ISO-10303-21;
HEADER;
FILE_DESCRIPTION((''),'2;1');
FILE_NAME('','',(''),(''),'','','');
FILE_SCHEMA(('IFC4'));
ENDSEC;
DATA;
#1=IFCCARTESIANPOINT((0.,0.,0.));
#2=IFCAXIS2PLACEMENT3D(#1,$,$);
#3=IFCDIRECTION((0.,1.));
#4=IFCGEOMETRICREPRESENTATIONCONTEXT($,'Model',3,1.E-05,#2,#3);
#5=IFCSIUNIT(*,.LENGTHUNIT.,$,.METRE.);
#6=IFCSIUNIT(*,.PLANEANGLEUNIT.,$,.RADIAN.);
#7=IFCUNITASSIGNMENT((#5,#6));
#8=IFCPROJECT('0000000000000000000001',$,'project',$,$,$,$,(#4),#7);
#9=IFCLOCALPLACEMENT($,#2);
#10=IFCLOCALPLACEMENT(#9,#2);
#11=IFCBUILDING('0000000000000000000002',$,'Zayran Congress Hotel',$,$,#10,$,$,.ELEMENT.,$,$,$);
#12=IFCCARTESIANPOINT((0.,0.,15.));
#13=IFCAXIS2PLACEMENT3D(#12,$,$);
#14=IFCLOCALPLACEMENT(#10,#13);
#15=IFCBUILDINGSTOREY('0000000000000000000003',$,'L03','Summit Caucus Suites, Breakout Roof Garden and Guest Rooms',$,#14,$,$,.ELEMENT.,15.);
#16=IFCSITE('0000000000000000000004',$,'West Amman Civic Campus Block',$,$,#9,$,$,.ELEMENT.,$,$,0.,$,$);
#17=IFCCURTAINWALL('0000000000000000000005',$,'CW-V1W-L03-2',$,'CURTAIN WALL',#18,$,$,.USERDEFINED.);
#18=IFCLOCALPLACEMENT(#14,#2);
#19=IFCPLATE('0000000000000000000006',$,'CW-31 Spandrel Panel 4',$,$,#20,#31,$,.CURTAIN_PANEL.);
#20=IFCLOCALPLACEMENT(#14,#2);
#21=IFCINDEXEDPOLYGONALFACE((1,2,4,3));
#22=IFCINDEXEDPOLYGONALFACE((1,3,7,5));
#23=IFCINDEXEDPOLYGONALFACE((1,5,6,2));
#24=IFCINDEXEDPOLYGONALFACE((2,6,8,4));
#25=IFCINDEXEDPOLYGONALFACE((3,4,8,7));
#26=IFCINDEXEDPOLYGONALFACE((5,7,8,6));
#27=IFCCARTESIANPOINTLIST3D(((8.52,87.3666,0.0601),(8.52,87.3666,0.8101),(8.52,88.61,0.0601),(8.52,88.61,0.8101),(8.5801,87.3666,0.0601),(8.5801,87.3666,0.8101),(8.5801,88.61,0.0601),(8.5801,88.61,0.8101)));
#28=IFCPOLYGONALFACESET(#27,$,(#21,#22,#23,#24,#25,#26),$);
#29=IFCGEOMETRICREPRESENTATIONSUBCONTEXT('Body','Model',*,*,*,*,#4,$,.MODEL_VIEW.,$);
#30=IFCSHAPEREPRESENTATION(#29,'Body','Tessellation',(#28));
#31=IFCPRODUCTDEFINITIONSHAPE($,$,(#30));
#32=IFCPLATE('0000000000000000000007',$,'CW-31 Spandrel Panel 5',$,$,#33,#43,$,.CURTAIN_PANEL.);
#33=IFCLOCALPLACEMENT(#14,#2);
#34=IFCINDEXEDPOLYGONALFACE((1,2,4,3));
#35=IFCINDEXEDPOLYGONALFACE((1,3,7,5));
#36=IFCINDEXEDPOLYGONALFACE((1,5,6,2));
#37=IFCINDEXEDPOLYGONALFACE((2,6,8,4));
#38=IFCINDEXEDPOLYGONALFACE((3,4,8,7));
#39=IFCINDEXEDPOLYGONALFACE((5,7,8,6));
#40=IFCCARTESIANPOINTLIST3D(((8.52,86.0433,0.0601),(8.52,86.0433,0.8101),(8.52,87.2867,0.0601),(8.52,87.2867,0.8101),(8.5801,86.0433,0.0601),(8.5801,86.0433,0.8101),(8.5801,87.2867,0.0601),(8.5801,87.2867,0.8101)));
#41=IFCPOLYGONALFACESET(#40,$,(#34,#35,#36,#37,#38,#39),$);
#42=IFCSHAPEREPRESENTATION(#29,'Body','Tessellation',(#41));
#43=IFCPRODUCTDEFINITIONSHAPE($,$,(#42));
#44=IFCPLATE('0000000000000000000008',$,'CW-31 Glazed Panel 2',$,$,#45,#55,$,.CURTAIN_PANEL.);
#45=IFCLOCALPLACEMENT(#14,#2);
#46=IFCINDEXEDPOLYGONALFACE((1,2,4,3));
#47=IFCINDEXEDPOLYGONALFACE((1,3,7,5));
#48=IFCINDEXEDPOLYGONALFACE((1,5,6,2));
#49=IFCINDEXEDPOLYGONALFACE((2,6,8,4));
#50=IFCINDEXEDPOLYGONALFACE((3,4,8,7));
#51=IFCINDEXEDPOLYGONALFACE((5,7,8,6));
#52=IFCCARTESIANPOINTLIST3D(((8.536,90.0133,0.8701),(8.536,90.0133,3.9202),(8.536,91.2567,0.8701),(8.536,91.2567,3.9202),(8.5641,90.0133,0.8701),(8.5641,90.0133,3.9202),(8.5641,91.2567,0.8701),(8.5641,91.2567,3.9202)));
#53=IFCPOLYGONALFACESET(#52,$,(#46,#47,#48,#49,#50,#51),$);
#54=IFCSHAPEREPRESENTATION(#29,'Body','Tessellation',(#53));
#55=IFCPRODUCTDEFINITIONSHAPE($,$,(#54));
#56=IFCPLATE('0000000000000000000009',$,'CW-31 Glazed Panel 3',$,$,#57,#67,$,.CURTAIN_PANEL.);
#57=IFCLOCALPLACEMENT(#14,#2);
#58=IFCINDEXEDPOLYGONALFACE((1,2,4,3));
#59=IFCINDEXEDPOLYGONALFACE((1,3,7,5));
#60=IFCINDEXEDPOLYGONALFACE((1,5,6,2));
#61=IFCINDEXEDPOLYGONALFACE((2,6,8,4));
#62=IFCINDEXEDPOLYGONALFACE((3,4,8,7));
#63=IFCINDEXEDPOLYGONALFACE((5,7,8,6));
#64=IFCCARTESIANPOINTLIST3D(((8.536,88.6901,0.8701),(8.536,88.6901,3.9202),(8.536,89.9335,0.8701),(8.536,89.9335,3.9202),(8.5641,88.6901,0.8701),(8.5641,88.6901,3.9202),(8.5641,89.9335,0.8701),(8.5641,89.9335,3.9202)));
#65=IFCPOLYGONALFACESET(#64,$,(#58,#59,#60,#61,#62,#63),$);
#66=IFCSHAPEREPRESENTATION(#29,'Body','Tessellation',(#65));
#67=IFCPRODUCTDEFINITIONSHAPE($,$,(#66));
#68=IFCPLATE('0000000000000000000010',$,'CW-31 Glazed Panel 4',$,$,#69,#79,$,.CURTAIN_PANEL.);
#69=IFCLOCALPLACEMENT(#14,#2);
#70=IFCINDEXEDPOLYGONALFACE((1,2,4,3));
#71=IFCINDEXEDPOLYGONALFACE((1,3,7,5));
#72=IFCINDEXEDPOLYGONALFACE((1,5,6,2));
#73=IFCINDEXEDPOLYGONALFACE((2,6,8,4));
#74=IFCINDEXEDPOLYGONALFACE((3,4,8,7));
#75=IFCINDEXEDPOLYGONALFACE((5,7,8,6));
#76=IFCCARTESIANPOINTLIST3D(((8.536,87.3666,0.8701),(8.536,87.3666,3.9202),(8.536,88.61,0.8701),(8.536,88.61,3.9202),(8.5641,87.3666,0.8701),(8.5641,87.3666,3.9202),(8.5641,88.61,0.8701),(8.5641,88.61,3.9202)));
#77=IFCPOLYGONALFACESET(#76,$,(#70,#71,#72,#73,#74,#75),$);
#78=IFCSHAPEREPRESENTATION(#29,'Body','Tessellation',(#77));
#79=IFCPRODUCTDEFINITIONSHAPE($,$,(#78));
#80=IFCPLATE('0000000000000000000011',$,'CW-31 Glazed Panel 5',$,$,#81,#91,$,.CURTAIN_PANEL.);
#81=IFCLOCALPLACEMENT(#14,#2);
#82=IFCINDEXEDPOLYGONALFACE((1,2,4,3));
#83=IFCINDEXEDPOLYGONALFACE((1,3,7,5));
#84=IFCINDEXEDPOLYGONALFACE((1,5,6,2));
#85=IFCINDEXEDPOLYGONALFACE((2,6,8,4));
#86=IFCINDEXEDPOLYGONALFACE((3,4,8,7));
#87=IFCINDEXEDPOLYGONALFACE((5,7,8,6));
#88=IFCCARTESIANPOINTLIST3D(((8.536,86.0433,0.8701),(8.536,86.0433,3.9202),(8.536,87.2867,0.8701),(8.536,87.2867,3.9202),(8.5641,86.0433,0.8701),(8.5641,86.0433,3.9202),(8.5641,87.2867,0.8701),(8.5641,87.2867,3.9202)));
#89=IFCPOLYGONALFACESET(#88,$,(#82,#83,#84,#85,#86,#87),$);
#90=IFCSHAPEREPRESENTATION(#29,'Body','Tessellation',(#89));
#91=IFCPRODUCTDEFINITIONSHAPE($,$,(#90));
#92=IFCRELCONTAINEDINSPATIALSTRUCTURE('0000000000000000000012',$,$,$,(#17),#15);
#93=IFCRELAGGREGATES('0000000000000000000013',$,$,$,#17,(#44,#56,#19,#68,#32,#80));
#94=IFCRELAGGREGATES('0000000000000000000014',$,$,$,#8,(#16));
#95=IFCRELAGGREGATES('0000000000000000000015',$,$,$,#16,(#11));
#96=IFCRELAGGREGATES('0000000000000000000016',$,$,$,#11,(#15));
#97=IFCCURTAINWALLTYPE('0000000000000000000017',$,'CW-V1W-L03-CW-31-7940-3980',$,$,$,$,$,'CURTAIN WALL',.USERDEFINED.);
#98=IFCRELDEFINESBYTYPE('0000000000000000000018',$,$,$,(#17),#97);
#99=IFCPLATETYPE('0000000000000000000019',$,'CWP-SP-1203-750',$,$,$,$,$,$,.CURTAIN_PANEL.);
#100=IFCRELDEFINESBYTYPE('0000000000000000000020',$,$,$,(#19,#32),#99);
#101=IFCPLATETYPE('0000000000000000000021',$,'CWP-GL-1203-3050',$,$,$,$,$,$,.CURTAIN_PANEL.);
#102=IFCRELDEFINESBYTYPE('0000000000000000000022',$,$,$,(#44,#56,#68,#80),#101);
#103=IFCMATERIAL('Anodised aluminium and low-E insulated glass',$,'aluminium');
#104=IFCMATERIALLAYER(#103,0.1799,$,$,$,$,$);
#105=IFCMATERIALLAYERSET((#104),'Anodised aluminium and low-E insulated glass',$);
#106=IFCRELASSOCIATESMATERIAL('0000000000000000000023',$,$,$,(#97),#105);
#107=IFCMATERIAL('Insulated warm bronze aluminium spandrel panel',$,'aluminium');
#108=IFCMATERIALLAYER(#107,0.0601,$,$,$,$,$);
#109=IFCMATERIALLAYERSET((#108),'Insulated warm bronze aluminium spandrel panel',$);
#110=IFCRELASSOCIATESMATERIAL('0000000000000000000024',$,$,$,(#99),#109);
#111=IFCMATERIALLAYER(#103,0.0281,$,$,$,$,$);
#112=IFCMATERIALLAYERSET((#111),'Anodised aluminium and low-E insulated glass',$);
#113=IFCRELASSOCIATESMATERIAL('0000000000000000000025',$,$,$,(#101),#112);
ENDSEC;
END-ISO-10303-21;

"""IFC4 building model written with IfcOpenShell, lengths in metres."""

from ifc_helpers import new_model, si_unit, direction, frame, origin, origin_2d, place, context, subcontext, project, spatial, rectangle, extrude, material, layer, layer_set, type_object, element, aggregate, save


model = new_model("IFC4")

# Units and contexts
model_context = context("Model", 3, precision=1e-05, world=origin(), true_north=direction((0.0, 1.0)))
body_context = subcontext(model_context, "Body", "Model", "MODEL_VIEW")
ifc_project = project(units=[si_unit("LENGTHUNIT", "METRE"), si_unit("PLANEANGLEUNIT", "RADIAN")], contexts=[model_context])

# Site, building, storey
site_placement = place(None, origin())
site = spatial("IfcSite", under=ifc_project, at=site_placement, Name="West Amman Civic Campus Block", CompositionType="ELEMENT", RefElevation=0.0)
building_placement = place(site_placement, origin())
building = spatial("IfcBuilding", under=site, at=building_placement, Name="Zayran Congress Hotel", CompositionType="ELEMENT")
storey_placement = place(building_placement, frame((0.0, 0.0, 15.0)))
storey = spatial("IfcBuildingStorey", under=building, at=storey_placement, Name="L03", Description="Summit Caucus Suites, Breakout Roof Garden and Guest Rooms", CompositionType="ELEMENT", Elevation=15.0)

# Curtain wall, plates
ifc_material_1 = material(Name="Anodised aluminium and low-E insulated glass", Category="aluminium")
ifc_layer_1 = layer(ifc_material_1, 0.1799)
ifc_layer_set_1 = layer_set([ifc_layer_1], Name="Anodised aluminium and low-E insulated glass")
curtain_wall_type = type_object("IfcCurtainWallType", Name="CW-V1W-L03-CW-31-7940-3980", ElementType="CURTAIN WALL", PredefinedType="USERDEFINED", material=ifc_layer_set_1)
curtain_wall_placement = place(storey_placement, origin())
curtain_wall = element("IfcCurtainWall", 1, at=curtain_wall_placement, inside=storey, type_object=curtain_wall_type, Name="CW-V1W-L03-2", ObjectType="CURTAIN WALL", PredefinedType="USERDEFINED")
ifc_material_2 = material(Name="Insulated warm bronze aluminium spandrel panel", Category="aluminium")
ifc_layer_2 = layer(ifc_material_2, 0.0601)
ifc_layer_set_2 = layer_set([ifc_layer_2], Name="Insulated warm bronze aluminium spandrel panel")
plate_type_1 = type_object("IfcPlateType", Name="CWP-SP-1203-750", PredefinedType="CURTAIN_PANEL", material=ifc_layer_set_2)
plate_1_placement = place(storey_placement, frame((8.55, 87.9883, 0.0601), z_axis=(0.0, 0.0, 1.0), x_axis=(0.0, 1.0, 0.0)))
plate_1 = element("IfcPlate", 2, at=plate_1_placement, type_object=plate_type_1, Name="CW-31 Spandrel Panel 4", PredefinedType="CURTAIN_PANEL", context=body_context, shape_type="SweptSolid", body=[
    extrude(rectangle(XDim=1.2434, YDim=0.0601, at=origin_2d()), origin(), (0.0, 0.0, 1.0), 0.75),
])
plate_2_placement = place(storey_placement, frame((8.55, 86.665, 0.0601), z_axis=(0.0, 0.0, 1.0), x_axis=(0.0, 1.0, 0.0)))
plate_2 = element("IfcPlate", 3, at=plate_2_placement, type_object=plate_type_1, Name="CW-31 Spandrel Panel 5", PredefinedType="CURTAIN_PANEL", context=body_context, shape_type="SweptSolid", body=[
    extrude(rectangle(XDim=1.2434, YDim=0.0601, at=origin_2d()), origin(), (0.0, 0.0, 1.0), 0.75),
])
ifc_layer_3 = layer(ifc_material_1, 0.0281)
ifc_layer_set_3 = layer_set([ifc_layer_3], Name="Anodised aluminium and low-E insulated glass")
plate_type_2 = type_object("IfcPlateType", Name="CWP-GL-1203-3050", PredefinedType="CURTAIN_PANEL", material=ifc_layer_set_3)
plate_3_placement = place(storey_placement, frame((8.55, 90.635, 0.8701), z_axis=(0.0, 0.0, 1.0), x_axis=(0.0, 1.0, 0.0)))
plate_3 = element("IfcPlate", 4, at=plate_3_placement, type_object=plate_type_2, Name="CW-31 Glazed Panel 2", PredefinedType="CURTAIN_PANEL", context=body_context, shape_type="SweptSolid", body=[
    extrude(rectangle(XDim=1.2434, YDim=0.0281, at=origin_2d()), origin(), (0.0, 0.0, 1.0), 3.05),
])
plate_4_placement = place(storey_placement, frame((8.55, 89.3118, 0.8701), z_axis=(0.0, 0.0, 1.0), x_axis=(0.0, 1.0, 0.0)))
plate_4 = element("IfcPlate", 5, at=plate_4_placement, type_object=plate_type_2, Name="CW-31 Glazed Panel 3", PredefinedType="CURTAIN_PANEL", context=body_context, shape_type="SweptSolid", body=[
    extrude(rectangle(XDim=1.2434, YDim=0.0281, at=origin_2d()), origin(), (0.0, 0.0, 1.0), 3.05),
])
plate_5_placement = place(storey_placement, frame((8.55, 87.9883, 0.8701), z_axis=(0.0, 0.0, 1.0), x_axis=(0.0, 1.0, 0.0)))
plate_5 = element("IfcPlate", 6, at=plate_5_placement, type_object=plate_type_2, Name="CW-31 Glazed Panel 4", PredefinedType="CURTAIN_PANEL", context=body_context, shape_type="SweptSolid", body=[
    extrude(rectangle(XDim=1.2434, YDim=0.0281, at=origin_2d()), origin(), (0.0, 0.0, 1.0), 3.05),
])
plate_6_placement = place(storey_placement, frame((8.55, 86.665, 0.8701), z_axis=(0.0, 0.0, 1.0), x_axis=(0.0, 1.0, 0.0)))
plate_6 = element("IfcPlate", 7, at=plate_6_placement, type_object=plate_type_2, Name="CW-31 Glazed Panel 5", PredefinedType="CURTAIN_PANEL", context=body_context, shape_type="SweptSolid", body=[
    extrude(rectangle(XDim=1.2434, YDim=0.0281, at=origin_2d()), origin(), (0.0, 0.0, 1.0), 3.05),
])
aggregate(curtain_wall, [plate_3, plate_4, plate_1, plate_5, plate_2, plate_6])

save(model, "model.ifc")
